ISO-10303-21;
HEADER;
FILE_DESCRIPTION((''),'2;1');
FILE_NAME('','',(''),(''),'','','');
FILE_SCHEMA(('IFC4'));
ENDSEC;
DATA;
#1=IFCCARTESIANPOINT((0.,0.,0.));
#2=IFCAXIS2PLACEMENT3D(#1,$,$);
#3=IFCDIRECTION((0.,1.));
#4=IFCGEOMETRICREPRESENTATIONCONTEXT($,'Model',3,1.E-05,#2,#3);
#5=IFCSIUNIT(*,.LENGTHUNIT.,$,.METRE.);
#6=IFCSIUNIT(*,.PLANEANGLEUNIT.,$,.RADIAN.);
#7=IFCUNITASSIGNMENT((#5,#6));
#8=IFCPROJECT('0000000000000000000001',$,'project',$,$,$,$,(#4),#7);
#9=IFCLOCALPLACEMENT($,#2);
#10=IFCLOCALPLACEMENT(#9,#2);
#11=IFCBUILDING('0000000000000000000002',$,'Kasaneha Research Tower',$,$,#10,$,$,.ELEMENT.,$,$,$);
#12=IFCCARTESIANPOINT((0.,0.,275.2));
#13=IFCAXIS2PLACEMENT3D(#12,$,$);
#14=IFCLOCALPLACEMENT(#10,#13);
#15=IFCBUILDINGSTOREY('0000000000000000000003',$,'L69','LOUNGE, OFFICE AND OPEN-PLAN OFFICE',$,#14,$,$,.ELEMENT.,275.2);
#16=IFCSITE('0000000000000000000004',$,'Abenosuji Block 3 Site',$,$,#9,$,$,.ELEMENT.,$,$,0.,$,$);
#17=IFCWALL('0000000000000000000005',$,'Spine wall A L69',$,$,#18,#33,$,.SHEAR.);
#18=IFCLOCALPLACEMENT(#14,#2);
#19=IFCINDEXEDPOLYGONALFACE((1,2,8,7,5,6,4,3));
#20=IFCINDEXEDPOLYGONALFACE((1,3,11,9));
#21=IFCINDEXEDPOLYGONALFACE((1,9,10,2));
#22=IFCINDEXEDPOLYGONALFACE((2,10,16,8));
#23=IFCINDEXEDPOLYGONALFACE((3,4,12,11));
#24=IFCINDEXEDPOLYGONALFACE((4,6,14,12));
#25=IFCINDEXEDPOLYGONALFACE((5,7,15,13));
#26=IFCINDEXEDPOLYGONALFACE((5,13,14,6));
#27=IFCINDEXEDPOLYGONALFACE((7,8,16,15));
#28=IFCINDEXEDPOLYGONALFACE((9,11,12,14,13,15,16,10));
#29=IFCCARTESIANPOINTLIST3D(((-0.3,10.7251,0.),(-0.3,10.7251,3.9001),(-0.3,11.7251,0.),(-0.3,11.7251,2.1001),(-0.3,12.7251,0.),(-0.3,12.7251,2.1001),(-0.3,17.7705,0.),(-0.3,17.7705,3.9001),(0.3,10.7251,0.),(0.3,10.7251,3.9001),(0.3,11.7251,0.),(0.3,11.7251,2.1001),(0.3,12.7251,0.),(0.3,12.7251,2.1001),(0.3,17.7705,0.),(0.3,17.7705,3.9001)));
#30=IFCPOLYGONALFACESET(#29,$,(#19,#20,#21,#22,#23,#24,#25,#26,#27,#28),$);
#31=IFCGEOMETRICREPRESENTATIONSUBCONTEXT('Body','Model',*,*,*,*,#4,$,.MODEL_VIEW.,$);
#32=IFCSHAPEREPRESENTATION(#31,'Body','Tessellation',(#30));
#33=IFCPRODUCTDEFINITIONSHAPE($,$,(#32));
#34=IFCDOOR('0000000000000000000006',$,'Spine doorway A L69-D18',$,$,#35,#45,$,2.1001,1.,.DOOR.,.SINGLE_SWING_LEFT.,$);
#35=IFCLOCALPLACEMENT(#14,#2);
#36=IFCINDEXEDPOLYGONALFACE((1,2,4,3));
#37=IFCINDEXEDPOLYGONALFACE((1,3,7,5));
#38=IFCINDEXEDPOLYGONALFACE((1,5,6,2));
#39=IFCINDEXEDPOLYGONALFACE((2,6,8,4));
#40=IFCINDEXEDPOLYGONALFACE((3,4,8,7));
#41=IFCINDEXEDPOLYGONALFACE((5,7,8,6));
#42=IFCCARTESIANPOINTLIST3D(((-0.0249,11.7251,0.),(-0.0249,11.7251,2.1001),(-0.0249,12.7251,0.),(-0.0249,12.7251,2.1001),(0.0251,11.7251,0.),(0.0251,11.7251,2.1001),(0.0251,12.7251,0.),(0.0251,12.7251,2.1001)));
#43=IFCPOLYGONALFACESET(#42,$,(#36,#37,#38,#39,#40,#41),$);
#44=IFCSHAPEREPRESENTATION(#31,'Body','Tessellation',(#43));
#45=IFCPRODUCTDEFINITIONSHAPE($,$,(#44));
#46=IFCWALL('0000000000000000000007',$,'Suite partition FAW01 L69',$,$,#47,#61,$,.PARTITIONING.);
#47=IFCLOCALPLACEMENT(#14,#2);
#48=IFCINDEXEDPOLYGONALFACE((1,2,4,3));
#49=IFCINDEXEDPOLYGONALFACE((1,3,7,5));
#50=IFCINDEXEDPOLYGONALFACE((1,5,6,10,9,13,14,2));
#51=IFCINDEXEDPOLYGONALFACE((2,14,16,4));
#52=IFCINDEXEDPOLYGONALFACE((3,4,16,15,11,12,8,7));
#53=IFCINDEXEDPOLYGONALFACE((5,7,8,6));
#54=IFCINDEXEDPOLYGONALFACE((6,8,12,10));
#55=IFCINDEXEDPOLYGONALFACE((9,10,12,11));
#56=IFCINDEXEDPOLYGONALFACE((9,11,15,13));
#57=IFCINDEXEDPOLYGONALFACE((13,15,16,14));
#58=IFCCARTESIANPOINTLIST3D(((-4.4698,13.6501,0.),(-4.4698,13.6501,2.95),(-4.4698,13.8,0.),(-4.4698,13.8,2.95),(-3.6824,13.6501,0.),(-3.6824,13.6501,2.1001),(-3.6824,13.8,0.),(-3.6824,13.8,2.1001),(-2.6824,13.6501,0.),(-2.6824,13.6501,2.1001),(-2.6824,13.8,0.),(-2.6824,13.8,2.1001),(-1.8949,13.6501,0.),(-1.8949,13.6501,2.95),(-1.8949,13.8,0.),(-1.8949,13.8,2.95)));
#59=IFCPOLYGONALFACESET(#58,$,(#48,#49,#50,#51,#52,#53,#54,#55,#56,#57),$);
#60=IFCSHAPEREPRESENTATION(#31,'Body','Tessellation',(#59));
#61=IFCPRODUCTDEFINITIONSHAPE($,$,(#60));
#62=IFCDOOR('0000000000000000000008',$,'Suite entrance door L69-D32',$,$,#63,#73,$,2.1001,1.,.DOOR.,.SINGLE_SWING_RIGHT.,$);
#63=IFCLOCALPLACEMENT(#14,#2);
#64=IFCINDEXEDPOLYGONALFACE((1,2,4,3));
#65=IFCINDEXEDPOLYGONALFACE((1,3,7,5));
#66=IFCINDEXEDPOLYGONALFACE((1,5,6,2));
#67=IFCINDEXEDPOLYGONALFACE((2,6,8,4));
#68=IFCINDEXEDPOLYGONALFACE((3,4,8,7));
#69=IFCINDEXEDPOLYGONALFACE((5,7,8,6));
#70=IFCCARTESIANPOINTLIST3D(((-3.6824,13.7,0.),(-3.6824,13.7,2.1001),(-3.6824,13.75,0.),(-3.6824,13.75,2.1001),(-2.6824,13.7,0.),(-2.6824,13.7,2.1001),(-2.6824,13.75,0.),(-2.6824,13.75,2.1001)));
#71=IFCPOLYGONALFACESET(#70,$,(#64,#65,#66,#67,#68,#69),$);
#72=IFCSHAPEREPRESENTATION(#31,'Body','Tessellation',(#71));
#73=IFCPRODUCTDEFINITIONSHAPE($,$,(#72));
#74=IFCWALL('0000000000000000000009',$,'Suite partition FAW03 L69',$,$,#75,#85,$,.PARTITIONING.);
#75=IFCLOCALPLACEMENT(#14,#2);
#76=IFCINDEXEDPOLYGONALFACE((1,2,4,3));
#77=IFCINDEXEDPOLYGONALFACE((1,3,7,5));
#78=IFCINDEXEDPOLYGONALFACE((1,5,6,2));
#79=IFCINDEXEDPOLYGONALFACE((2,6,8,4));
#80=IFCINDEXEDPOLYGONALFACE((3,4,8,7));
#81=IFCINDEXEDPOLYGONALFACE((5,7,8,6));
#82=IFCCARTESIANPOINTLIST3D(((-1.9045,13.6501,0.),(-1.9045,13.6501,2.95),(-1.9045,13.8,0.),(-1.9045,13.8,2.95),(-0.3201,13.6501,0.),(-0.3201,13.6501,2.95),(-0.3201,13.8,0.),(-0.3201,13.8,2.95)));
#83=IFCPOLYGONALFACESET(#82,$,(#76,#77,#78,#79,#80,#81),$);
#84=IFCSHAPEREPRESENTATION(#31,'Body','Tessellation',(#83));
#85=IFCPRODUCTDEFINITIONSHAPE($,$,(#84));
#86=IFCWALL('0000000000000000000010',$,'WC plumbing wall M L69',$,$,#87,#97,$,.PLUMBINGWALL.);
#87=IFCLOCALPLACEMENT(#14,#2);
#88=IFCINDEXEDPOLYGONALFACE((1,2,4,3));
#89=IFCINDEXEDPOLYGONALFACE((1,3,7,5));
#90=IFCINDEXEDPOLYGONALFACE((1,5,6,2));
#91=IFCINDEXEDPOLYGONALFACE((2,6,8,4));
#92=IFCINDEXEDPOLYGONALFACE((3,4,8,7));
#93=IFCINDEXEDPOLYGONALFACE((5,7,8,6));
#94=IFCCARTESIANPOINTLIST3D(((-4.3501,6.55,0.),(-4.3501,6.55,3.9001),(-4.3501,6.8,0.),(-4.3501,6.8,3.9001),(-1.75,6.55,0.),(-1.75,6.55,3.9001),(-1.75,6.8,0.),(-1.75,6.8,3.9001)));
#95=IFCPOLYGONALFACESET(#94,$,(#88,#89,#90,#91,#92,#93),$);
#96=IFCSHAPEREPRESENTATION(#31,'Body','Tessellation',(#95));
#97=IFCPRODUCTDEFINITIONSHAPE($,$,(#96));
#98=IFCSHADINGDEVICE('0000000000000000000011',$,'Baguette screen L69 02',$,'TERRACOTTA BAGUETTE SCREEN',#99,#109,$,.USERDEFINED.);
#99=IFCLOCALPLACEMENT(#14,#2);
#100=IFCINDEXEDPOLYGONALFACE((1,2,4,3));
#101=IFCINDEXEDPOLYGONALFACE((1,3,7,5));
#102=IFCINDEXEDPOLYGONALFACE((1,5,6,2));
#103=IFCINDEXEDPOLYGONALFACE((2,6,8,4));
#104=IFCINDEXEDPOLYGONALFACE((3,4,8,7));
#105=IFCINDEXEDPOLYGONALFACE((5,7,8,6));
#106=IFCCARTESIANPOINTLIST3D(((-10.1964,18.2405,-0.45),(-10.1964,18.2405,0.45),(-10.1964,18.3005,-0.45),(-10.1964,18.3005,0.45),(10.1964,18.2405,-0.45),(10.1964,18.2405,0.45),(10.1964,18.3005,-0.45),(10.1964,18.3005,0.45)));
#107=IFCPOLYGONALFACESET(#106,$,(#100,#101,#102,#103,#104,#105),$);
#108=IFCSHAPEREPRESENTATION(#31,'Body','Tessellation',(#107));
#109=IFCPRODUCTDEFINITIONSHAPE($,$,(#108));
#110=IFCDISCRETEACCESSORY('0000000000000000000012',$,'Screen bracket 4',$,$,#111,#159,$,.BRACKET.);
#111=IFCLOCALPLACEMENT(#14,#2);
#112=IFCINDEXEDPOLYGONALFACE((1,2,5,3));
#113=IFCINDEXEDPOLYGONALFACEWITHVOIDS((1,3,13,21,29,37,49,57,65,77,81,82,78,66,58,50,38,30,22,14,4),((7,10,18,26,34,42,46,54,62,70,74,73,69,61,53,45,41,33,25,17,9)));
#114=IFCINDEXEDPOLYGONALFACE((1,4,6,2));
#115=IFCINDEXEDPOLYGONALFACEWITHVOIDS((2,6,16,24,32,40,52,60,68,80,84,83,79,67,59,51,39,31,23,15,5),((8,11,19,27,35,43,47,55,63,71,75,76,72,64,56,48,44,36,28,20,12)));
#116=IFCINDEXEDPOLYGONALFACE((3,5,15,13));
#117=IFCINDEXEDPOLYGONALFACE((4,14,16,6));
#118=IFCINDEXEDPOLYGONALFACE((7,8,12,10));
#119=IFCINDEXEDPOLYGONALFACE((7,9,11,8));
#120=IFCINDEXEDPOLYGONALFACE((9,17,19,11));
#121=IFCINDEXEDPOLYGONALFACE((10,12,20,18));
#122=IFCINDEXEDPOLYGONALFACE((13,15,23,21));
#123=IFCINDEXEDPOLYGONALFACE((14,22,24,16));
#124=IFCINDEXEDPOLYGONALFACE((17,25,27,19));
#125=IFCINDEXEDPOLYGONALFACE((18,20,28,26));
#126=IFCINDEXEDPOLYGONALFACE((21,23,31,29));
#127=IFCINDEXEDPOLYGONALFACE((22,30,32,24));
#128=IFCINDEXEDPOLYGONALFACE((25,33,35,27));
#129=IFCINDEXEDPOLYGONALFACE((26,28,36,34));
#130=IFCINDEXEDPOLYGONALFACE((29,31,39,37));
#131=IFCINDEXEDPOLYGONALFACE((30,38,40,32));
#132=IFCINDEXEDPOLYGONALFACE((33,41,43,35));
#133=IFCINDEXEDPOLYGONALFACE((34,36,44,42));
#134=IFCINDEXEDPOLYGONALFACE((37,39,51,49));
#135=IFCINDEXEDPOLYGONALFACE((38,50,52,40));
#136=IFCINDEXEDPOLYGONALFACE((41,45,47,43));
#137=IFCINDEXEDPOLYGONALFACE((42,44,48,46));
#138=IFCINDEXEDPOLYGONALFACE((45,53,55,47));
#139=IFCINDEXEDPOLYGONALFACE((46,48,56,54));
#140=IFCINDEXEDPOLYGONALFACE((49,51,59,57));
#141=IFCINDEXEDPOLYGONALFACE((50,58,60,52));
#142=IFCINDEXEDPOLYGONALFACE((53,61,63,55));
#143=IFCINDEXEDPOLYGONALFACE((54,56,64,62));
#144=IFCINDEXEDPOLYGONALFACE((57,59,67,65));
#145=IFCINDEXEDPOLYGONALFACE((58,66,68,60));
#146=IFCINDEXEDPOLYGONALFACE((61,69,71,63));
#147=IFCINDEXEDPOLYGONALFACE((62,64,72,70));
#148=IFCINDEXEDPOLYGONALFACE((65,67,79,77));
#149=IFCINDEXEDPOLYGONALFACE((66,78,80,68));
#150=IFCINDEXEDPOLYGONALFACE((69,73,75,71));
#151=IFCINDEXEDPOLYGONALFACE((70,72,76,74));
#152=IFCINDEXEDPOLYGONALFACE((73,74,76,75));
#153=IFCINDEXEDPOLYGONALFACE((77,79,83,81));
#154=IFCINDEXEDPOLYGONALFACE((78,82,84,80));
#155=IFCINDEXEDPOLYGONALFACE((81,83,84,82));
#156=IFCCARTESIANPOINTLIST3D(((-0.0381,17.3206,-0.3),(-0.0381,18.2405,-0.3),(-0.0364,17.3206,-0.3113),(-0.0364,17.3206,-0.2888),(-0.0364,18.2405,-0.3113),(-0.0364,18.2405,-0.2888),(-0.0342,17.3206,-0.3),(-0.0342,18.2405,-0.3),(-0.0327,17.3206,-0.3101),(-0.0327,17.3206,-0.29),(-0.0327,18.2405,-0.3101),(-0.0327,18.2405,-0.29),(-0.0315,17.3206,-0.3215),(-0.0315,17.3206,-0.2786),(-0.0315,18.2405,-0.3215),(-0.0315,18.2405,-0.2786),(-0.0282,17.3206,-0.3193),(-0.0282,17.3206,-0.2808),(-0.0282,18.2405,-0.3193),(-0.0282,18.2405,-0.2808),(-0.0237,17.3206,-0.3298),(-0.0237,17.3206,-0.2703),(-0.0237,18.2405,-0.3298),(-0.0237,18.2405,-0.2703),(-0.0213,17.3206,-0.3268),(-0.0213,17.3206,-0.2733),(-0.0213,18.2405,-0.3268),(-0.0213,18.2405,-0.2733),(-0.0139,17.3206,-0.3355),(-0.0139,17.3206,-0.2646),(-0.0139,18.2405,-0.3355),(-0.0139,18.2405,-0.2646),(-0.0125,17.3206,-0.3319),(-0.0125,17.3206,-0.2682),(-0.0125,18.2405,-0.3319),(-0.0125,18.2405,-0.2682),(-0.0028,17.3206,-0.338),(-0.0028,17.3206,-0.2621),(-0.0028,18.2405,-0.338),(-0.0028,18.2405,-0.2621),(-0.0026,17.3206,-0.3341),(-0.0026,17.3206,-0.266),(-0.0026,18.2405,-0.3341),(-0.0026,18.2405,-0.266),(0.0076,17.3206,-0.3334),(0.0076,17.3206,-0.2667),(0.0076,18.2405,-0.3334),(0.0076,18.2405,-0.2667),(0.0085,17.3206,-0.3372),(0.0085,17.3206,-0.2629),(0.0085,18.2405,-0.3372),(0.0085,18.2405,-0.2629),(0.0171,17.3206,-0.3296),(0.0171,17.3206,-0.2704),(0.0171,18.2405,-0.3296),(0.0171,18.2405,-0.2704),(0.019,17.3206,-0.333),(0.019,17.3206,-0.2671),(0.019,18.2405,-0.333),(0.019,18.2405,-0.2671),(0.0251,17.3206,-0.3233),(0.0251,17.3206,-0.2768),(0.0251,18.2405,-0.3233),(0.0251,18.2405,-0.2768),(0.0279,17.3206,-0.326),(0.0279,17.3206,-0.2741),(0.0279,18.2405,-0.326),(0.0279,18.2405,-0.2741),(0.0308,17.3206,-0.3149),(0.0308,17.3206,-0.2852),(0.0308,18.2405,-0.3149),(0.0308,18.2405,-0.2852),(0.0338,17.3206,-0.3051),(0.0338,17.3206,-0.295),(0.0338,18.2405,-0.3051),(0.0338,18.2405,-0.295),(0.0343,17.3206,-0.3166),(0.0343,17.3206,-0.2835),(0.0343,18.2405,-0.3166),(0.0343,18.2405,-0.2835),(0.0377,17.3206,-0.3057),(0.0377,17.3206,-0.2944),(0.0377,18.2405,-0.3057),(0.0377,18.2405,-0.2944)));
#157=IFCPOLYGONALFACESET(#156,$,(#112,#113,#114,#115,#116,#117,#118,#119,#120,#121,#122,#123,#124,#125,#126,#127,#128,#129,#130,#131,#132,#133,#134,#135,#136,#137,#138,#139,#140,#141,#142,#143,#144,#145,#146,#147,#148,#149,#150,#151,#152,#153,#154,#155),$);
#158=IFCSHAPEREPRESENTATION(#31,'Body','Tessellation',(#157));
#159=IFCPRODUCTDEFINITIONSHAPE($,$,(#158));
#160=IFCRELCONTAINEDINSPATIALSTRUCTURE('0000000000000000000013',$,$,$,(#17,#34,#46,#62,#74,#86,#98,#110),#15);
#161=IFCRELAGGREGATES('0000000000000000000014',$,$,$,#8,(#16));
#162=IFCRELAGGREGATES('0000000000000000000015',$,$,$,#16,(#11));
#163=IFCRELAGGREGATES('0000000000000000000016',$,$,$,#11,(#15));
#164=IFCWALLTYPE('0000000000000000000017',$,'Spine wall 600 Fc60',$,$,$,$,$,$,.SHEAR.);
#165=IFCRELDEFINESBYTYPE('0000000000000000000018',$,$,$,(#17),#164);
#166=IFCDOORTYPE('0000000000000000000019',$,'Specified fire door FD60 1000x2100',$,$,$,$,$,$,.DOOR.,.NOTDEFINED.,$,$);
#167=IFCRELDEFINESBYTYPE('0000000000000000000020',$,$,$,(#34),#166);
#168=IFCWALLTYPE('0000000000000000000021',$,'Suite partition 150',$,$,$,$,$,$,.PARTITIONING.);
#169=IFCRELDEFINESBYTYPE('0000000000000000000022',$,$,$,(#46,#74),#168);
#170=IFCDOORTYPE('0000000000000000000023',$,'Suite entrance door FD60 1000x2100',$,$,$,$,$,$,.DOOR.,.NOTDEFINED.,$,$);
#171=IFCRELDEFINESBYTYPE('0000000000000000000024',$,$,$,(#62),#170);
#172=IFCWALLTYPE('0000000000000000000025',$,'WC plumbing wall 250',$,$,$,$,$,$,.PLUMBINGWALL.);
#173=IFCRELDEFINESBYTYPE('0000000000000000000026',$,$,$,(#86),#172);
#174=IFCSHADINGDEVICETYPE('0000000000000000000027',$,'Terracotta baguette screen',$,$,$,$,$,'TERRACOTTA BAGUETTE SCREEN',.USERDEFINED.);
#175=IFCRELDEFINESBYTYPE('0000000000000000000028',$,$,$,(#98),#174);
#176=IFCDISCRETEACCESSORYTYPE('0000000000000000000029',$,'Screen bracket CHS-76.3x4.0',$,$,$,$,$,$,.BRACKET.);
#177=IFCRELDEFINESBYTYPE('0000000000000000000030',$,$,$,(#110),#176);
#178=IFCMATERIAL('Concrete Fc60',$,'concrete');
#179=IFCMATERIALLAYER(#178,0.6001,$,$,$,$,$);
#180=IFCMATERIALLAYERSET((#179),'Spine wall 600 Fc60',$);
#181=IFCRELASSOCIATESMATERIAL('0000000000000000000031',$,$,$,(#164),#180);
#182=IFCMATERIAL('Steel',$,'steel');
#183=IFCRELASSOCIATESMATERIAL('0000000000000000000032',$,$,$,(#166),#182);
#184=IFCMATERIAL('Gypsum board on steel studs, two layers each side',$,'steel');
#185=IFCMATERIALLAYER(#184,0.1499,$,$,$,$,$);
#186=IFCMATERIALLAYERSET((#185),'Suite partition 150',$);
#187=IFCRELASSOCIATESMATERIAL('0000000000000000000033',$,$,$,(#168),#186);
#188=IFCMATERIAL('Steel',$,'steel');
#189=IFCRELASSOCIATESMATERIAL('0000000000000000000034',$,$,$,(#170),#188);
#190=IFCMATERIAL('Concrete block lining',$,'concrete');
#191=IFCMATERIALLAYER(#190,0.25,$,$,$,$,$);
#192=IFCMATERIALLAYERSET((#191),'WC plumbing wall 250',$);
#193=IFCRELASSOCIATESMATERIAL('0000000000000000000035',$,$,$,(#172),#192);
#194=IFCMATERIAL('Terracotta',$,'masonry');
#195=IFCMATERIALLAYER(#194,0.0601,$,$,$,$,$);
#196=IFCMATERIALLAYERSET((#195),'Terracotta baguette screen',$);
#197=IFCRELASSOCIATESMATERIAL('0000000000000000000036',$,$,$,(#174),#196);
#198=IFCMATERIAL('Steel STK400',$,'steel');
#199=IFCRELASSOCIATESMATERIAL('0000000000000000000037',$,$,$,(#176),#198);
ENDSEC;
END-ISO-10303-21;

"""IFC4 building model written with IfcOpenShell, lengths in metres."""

from ifc_helpers import new_model, si_unit, direction, frame, frame_2d, origin, origin_2d, place, context, subcontext, project, spatial, rectangle, hollow_circle, extrude, material, layer, layer_set, material_profile, profile_set, type_object, element, fill, save


model = new_model("IFC4")

# Units and contexts
model_context = context("Model", 3, precision=1e-05, world=origin(), true_north=direction((0.0, 1.0)))
body_context = subcontext(model_context, "Body", "Model", "MODEL_VIEW")
ifc_project = project(units=[si_unit("LENGTHUNIT", "METRE"), si_unit("PLANEANGLEUNIT", "RADIAN")], contexts=[model_context])

# Site, building, storey
site_placement = place(None, origin())
site = spatial("IfcSite", under=ifc_project, at=site_placement, Name="Abenosuji Block 3 Site", CompositionType="ELEMENT", RefElevation=0.0)
building_placement = place(site_placement, origin())
building = spatial("IfcBuilding", under=site, at=building_placement, Name="Kasaneha Research Tower", CompositionType="ELEMENT")
storey_placement = place(building_placement, frame((0.0, 0.0, 275.2)))
storey = spatial("IfcBuildingStorey", under=building, at=storey_placement, Name="L69", Description="LOUNGE, OFFICE AND OPEN-PLAN OFFICE", CompositionType="ELEMENT", Elevation=275.2)

# Walls, openings, doors
ifc_material_1 = material(Name="Concrete Fc60", Category="concrete")
ifc_layer_1 = layer(ifc_material_1, 0.6001)
ifc_layer_set_1 = layer_set([ifc_layer_1], Name="Spine wall 600 Fc60")
wall_type_1 = type_object("IfcWallType", Name="Spine wall 600 Fc60", PredefinedType="SHEAR", material=ifc_layer_set_1)
wall_1_placement = place(storey_placement, frame((0.0, 10.7251, 0.0), z_axis=(0.0, 0.0, 1.0), x_axis=(0.0, 1.0, 0.0)))
wall_1 = element("IfcWall", 1, at=wall_1_placement, inside=storey, type_object=wall_type_1, Name="Spine wall A L69", PredefinedType="SHEAR", context=body_context, shape_type="SweptSolid", body=[
    extrude(rectangle(XDim=7.0454, YDim=0.6001, at=frame_2d((3.5227, 0.0))), origin(), (0.0, 0.0, 1.0), 3.9001),
])
opening_1_placement = place(wall_1_placement, frame((1.0, 0.0, 0.0)))
opening_1 = element("IfcOpeningElement", 2, at=opening_1_placement, cuts=wall_1, PredefinedType="OPENING", context=body_context, shape_type="SweptSolid", body=[
    extrude(rectangle(XDim=1.0, YDim=2.1001, at=frame_2d((0.5, 1.05))), frame((0.0, 0.3101, 0.0), z_axis=(0.0, -1.0, 0.0), x_axis=(1.0, 0.0, 0.0)), (0.0, 0.0, 1.0), 0.6201),
])
ifc_material_2 = material(Name="Steel", Category="steel")
door_type_1 = type_object("IfcDoorType", Name="Specified fire door FD60 1000x2100", OperationType="NOTDEFINED", PredefinedType="DOOR", material=ifc_material_2)
door_1_placement = place(opening_1_placement, origin())
door_1 = element("IfcDoor", 3, at=door_1_placement, inside=storey, type_object=door_type_1, Name="Spine doorway A L69-D18", OperationType="SINGLE_SWING_LEFT", OverallHeight=2.1001, OverallWidth=1.0, PredefinedType="DOOR", context=body_context, shape_type="SweptSolid", body=[
    extrude(rectangle(XDim=1.0, YDim=2.1001, at=frame_2d((0.5, 1.05))), frame((0.0, 0.0249, 0.0), z_axis=(0.0, -1.0, 0.0), x_axis=(1.0, 0.0, 0.0)), (0.0, 0.0, 1.0), 0.05),
])
fill(opening_1, door_1)
ifc_material_3 = material(Name="Gypsum board on steel studs, two layers each side", Category="steel")
ifc_layer_2 = layer(ifc_material_3, 0.1499)
ifc_layer_set_2 = layer_set([ifc_layer_2], Name="Suite partition 150")
wall_type_2 = type_object("IfcWallType", Name="Suite partition 150", PredefinedType="PARTITIONING", material=ifc_layer_set_2)
wall_2_placement = place(storey_placement, frame((-4.47, 13.7251, 0.0), z_axis=(0.0, 0.0, 1.0), x_axis=(1.0, 0.0, 0.0)))
wall_2 = element("IfcWall", 4, at=wall_2_placement, inside=storey, type_object=wall_type_2, Name="Suite partition FAW01 L69", PredefinedType="PARTITIONING", context=body_context, shape_type="SweptSolid", body=[
    extrude(rectangle(XDim=2.575, YDim=0.1499, at=frame_2d((1.2876, 0.0))), origin(), (0.0, 0.0, 1.0), 2.95),
])
opening_2_placement = place(wall_2_placement, frame((0.7876, 0.0, 0.0)))
opening_2 = element("IfcOpeningElement", 5, at=opening_2_placement, cuts=wall_2, PredefinedType="OPENING", context=body_context, shape_type="SweptSolid", body=[
    extrude(rectangle(XDim=1.0, YDim=2.1001, at=frame_2d((0.5, 1.05))), frame((0.0, 0.085, 0.0), z_axis=(0.0, -1.0, 0.0), x_axis=(1.0, 0.0, 0.0)), (0.0, 0.0, 1.0), 0.1699),
])
ifc_material_4 = material(Name="Steel", Category="steel")
door_type_2 = type_object("IfcDoorType", Name="Suite entrance door FD60 1000x2100", OperationType="NOTDEFINED", PredefinedType="DOOR", material=ifc_material_4)
door_2_placement = place(opening_2_placement, origin())
door_2 = element("IfcDoor", 6, at=door_2_placement, inside=storey, type_object=door_type_2, Name="Suite entrance door L69-D32", OperationType="SINGLE_SWING_RIGHT", OverallHeight=2.1001, OverallWidth=1.0, PredefinedType="DOOR", context=body_context, shape_type="SweptSolid", body=[
    extrude(rectangle(XDim=1.0, YDim=2.1001, at=frame_2d((0.5, 1.05))), frame((0.0, 0.0249, 0.0), z_axis=(0.0, -1.0, 0.0), x_axis=(1.0, 0.0, 0.0)), (0.0, 0.0, 1.0), 0.05),
])
fill(opening_2, door_2)

# Walls
wall_3_placement = place(storey_placement, frame((-1.9045, 13.7251, 0.0), z_axis=(0.0, 0.0, 1.0), x_axis=(1.0, 0.0, 0.0)))
element("IfcWall", 7, at=wall_3_placement, inside=storey, type_object=wall_type_2, Name="Suite partition FAW03 L69", PredefinedType="PARTITIONING", context=body_context, shape_type="SweptSolid", body=[
    extrude(rectangle(XDim=1.5845, YDim=0.1499, at=frame_2d((0.7922, 0.0))), origin(), (0.0, 0.0, 1.0), 2.95),
])
ifc_material_5 = material(Name="Concrete block lining", Category="concrete")
ifc_layer_3 = layer(ifc_material_5, 0.25)
ifc_layer_set_3 = layer_set([ifc_layer_3], Name="WC plumbing wall 250")
wall_type_3 = type_object("IfcWallType", Name="WC plumbing wall 250", PredefinedType="PLUMBINGWALL", material=ifc_layer_set_3)
wall_4_placement = place(storey_placement, frame((-4.3501, 6.675, 0.0), z_axis=(0.0, 0.0, 1.0), x_axis=(1.0, 0.0, 0.0)))
element("IfcWall", 8, at=wall_4_placement, inside=storey, type_object=wall_type_3, Name="WC plumbing wall M L69", PredefinedType="PLUMBINGWALL", context=body_context, shape_type="SweptSolid", body=[
    extrude(rectangle(XDim=2.6001, YDim=0.25, at=frame_2d((1.3, 0.0))), origin(), (0.0, 0.0, 1.0), 3.9001),
])

# Shading device
ifc_material_6 = material(Name="Terracotta", Category="masonry")
ifc_layer_4 = layer(ifc_material_6, 0.0601)
ifc_layer_set_4 = layer_set([ifc_layer_4], Name="Terracotta baguette screen")
shading_device_type = type_object("IfcShadingDeviceType", Name="Terracotta baguette screen", ElementType="TERRACOTTA BAGUETTE SCREEN", PredefinedType="USERDEFINED", material=ifc_layer_set_4)
shading_device_placement = place(storey_placement, frame((0.0, 18.2705, -0.45), z_axis=(0.0, 0.0, 1.0), x_axis=(-1.0, 0.0, 0.0)))
element("IfcShadingDevice", 9, at=shading_device_placement, inside=storey, type_object=shading_device_type, Name="Baguette screen L69 02", ObjectType="TERRACOTTA BAGUETTE SCREEN", PredefinedType="USERDEFINED", context=body_context, shape_type="SweptSolid", body=[
    extrude(rectangle(XDim=20.3928, YDim=0.0601, at=origin_2d()), origin(), (0.0, 0.0, 1.0), 0.8999),
])

# Discrete accessory
ifc_material_7 = material(Name="Steel STK400", Category="steel")
ifc_material_profile_1 = material_profile(ifc_material_7, hollow_circle(Radius=0.0381, WallThickness=0.0039, at=origin_2d()), Name="CHS-76.3x4.0")
ifc_profile_set_1 = profile_set([ifc_material_profile_1], Name="Steel STK400")
discrete_accessory_type = type_object("IfcDiscreteAccessoryType", Name="Screen bracket CHS-76.3x4.0", PredefinedType="BRACKET", material=ifc_profile_set_1)
for number, where, z_axis, x_axis, name in (
    (10, (0.0, 17.3206, -0.3), (0.0, 1.0, 0.0), (-1.0, 0.0, 0.0), "Screen bracket 4"),
):
    element("IfcDiscreteAccessory", number, at=place(storey_placement, frame(where, z_axis=z_axis, x_axis=x_axis)), inside=storey, type_object=discrete_accessory_type, Name=name, PredefinedType="BRACKET", context=body_context, shape_type="SweptSolid", body=[
        extrude(hollow_circle(Radius=0.0381, WallThickness=0.0039, at=origin_2d()), origin(), (0.0, 0.0, 1.0), 0.9199),
    ])

save(model, "model.ifc")
